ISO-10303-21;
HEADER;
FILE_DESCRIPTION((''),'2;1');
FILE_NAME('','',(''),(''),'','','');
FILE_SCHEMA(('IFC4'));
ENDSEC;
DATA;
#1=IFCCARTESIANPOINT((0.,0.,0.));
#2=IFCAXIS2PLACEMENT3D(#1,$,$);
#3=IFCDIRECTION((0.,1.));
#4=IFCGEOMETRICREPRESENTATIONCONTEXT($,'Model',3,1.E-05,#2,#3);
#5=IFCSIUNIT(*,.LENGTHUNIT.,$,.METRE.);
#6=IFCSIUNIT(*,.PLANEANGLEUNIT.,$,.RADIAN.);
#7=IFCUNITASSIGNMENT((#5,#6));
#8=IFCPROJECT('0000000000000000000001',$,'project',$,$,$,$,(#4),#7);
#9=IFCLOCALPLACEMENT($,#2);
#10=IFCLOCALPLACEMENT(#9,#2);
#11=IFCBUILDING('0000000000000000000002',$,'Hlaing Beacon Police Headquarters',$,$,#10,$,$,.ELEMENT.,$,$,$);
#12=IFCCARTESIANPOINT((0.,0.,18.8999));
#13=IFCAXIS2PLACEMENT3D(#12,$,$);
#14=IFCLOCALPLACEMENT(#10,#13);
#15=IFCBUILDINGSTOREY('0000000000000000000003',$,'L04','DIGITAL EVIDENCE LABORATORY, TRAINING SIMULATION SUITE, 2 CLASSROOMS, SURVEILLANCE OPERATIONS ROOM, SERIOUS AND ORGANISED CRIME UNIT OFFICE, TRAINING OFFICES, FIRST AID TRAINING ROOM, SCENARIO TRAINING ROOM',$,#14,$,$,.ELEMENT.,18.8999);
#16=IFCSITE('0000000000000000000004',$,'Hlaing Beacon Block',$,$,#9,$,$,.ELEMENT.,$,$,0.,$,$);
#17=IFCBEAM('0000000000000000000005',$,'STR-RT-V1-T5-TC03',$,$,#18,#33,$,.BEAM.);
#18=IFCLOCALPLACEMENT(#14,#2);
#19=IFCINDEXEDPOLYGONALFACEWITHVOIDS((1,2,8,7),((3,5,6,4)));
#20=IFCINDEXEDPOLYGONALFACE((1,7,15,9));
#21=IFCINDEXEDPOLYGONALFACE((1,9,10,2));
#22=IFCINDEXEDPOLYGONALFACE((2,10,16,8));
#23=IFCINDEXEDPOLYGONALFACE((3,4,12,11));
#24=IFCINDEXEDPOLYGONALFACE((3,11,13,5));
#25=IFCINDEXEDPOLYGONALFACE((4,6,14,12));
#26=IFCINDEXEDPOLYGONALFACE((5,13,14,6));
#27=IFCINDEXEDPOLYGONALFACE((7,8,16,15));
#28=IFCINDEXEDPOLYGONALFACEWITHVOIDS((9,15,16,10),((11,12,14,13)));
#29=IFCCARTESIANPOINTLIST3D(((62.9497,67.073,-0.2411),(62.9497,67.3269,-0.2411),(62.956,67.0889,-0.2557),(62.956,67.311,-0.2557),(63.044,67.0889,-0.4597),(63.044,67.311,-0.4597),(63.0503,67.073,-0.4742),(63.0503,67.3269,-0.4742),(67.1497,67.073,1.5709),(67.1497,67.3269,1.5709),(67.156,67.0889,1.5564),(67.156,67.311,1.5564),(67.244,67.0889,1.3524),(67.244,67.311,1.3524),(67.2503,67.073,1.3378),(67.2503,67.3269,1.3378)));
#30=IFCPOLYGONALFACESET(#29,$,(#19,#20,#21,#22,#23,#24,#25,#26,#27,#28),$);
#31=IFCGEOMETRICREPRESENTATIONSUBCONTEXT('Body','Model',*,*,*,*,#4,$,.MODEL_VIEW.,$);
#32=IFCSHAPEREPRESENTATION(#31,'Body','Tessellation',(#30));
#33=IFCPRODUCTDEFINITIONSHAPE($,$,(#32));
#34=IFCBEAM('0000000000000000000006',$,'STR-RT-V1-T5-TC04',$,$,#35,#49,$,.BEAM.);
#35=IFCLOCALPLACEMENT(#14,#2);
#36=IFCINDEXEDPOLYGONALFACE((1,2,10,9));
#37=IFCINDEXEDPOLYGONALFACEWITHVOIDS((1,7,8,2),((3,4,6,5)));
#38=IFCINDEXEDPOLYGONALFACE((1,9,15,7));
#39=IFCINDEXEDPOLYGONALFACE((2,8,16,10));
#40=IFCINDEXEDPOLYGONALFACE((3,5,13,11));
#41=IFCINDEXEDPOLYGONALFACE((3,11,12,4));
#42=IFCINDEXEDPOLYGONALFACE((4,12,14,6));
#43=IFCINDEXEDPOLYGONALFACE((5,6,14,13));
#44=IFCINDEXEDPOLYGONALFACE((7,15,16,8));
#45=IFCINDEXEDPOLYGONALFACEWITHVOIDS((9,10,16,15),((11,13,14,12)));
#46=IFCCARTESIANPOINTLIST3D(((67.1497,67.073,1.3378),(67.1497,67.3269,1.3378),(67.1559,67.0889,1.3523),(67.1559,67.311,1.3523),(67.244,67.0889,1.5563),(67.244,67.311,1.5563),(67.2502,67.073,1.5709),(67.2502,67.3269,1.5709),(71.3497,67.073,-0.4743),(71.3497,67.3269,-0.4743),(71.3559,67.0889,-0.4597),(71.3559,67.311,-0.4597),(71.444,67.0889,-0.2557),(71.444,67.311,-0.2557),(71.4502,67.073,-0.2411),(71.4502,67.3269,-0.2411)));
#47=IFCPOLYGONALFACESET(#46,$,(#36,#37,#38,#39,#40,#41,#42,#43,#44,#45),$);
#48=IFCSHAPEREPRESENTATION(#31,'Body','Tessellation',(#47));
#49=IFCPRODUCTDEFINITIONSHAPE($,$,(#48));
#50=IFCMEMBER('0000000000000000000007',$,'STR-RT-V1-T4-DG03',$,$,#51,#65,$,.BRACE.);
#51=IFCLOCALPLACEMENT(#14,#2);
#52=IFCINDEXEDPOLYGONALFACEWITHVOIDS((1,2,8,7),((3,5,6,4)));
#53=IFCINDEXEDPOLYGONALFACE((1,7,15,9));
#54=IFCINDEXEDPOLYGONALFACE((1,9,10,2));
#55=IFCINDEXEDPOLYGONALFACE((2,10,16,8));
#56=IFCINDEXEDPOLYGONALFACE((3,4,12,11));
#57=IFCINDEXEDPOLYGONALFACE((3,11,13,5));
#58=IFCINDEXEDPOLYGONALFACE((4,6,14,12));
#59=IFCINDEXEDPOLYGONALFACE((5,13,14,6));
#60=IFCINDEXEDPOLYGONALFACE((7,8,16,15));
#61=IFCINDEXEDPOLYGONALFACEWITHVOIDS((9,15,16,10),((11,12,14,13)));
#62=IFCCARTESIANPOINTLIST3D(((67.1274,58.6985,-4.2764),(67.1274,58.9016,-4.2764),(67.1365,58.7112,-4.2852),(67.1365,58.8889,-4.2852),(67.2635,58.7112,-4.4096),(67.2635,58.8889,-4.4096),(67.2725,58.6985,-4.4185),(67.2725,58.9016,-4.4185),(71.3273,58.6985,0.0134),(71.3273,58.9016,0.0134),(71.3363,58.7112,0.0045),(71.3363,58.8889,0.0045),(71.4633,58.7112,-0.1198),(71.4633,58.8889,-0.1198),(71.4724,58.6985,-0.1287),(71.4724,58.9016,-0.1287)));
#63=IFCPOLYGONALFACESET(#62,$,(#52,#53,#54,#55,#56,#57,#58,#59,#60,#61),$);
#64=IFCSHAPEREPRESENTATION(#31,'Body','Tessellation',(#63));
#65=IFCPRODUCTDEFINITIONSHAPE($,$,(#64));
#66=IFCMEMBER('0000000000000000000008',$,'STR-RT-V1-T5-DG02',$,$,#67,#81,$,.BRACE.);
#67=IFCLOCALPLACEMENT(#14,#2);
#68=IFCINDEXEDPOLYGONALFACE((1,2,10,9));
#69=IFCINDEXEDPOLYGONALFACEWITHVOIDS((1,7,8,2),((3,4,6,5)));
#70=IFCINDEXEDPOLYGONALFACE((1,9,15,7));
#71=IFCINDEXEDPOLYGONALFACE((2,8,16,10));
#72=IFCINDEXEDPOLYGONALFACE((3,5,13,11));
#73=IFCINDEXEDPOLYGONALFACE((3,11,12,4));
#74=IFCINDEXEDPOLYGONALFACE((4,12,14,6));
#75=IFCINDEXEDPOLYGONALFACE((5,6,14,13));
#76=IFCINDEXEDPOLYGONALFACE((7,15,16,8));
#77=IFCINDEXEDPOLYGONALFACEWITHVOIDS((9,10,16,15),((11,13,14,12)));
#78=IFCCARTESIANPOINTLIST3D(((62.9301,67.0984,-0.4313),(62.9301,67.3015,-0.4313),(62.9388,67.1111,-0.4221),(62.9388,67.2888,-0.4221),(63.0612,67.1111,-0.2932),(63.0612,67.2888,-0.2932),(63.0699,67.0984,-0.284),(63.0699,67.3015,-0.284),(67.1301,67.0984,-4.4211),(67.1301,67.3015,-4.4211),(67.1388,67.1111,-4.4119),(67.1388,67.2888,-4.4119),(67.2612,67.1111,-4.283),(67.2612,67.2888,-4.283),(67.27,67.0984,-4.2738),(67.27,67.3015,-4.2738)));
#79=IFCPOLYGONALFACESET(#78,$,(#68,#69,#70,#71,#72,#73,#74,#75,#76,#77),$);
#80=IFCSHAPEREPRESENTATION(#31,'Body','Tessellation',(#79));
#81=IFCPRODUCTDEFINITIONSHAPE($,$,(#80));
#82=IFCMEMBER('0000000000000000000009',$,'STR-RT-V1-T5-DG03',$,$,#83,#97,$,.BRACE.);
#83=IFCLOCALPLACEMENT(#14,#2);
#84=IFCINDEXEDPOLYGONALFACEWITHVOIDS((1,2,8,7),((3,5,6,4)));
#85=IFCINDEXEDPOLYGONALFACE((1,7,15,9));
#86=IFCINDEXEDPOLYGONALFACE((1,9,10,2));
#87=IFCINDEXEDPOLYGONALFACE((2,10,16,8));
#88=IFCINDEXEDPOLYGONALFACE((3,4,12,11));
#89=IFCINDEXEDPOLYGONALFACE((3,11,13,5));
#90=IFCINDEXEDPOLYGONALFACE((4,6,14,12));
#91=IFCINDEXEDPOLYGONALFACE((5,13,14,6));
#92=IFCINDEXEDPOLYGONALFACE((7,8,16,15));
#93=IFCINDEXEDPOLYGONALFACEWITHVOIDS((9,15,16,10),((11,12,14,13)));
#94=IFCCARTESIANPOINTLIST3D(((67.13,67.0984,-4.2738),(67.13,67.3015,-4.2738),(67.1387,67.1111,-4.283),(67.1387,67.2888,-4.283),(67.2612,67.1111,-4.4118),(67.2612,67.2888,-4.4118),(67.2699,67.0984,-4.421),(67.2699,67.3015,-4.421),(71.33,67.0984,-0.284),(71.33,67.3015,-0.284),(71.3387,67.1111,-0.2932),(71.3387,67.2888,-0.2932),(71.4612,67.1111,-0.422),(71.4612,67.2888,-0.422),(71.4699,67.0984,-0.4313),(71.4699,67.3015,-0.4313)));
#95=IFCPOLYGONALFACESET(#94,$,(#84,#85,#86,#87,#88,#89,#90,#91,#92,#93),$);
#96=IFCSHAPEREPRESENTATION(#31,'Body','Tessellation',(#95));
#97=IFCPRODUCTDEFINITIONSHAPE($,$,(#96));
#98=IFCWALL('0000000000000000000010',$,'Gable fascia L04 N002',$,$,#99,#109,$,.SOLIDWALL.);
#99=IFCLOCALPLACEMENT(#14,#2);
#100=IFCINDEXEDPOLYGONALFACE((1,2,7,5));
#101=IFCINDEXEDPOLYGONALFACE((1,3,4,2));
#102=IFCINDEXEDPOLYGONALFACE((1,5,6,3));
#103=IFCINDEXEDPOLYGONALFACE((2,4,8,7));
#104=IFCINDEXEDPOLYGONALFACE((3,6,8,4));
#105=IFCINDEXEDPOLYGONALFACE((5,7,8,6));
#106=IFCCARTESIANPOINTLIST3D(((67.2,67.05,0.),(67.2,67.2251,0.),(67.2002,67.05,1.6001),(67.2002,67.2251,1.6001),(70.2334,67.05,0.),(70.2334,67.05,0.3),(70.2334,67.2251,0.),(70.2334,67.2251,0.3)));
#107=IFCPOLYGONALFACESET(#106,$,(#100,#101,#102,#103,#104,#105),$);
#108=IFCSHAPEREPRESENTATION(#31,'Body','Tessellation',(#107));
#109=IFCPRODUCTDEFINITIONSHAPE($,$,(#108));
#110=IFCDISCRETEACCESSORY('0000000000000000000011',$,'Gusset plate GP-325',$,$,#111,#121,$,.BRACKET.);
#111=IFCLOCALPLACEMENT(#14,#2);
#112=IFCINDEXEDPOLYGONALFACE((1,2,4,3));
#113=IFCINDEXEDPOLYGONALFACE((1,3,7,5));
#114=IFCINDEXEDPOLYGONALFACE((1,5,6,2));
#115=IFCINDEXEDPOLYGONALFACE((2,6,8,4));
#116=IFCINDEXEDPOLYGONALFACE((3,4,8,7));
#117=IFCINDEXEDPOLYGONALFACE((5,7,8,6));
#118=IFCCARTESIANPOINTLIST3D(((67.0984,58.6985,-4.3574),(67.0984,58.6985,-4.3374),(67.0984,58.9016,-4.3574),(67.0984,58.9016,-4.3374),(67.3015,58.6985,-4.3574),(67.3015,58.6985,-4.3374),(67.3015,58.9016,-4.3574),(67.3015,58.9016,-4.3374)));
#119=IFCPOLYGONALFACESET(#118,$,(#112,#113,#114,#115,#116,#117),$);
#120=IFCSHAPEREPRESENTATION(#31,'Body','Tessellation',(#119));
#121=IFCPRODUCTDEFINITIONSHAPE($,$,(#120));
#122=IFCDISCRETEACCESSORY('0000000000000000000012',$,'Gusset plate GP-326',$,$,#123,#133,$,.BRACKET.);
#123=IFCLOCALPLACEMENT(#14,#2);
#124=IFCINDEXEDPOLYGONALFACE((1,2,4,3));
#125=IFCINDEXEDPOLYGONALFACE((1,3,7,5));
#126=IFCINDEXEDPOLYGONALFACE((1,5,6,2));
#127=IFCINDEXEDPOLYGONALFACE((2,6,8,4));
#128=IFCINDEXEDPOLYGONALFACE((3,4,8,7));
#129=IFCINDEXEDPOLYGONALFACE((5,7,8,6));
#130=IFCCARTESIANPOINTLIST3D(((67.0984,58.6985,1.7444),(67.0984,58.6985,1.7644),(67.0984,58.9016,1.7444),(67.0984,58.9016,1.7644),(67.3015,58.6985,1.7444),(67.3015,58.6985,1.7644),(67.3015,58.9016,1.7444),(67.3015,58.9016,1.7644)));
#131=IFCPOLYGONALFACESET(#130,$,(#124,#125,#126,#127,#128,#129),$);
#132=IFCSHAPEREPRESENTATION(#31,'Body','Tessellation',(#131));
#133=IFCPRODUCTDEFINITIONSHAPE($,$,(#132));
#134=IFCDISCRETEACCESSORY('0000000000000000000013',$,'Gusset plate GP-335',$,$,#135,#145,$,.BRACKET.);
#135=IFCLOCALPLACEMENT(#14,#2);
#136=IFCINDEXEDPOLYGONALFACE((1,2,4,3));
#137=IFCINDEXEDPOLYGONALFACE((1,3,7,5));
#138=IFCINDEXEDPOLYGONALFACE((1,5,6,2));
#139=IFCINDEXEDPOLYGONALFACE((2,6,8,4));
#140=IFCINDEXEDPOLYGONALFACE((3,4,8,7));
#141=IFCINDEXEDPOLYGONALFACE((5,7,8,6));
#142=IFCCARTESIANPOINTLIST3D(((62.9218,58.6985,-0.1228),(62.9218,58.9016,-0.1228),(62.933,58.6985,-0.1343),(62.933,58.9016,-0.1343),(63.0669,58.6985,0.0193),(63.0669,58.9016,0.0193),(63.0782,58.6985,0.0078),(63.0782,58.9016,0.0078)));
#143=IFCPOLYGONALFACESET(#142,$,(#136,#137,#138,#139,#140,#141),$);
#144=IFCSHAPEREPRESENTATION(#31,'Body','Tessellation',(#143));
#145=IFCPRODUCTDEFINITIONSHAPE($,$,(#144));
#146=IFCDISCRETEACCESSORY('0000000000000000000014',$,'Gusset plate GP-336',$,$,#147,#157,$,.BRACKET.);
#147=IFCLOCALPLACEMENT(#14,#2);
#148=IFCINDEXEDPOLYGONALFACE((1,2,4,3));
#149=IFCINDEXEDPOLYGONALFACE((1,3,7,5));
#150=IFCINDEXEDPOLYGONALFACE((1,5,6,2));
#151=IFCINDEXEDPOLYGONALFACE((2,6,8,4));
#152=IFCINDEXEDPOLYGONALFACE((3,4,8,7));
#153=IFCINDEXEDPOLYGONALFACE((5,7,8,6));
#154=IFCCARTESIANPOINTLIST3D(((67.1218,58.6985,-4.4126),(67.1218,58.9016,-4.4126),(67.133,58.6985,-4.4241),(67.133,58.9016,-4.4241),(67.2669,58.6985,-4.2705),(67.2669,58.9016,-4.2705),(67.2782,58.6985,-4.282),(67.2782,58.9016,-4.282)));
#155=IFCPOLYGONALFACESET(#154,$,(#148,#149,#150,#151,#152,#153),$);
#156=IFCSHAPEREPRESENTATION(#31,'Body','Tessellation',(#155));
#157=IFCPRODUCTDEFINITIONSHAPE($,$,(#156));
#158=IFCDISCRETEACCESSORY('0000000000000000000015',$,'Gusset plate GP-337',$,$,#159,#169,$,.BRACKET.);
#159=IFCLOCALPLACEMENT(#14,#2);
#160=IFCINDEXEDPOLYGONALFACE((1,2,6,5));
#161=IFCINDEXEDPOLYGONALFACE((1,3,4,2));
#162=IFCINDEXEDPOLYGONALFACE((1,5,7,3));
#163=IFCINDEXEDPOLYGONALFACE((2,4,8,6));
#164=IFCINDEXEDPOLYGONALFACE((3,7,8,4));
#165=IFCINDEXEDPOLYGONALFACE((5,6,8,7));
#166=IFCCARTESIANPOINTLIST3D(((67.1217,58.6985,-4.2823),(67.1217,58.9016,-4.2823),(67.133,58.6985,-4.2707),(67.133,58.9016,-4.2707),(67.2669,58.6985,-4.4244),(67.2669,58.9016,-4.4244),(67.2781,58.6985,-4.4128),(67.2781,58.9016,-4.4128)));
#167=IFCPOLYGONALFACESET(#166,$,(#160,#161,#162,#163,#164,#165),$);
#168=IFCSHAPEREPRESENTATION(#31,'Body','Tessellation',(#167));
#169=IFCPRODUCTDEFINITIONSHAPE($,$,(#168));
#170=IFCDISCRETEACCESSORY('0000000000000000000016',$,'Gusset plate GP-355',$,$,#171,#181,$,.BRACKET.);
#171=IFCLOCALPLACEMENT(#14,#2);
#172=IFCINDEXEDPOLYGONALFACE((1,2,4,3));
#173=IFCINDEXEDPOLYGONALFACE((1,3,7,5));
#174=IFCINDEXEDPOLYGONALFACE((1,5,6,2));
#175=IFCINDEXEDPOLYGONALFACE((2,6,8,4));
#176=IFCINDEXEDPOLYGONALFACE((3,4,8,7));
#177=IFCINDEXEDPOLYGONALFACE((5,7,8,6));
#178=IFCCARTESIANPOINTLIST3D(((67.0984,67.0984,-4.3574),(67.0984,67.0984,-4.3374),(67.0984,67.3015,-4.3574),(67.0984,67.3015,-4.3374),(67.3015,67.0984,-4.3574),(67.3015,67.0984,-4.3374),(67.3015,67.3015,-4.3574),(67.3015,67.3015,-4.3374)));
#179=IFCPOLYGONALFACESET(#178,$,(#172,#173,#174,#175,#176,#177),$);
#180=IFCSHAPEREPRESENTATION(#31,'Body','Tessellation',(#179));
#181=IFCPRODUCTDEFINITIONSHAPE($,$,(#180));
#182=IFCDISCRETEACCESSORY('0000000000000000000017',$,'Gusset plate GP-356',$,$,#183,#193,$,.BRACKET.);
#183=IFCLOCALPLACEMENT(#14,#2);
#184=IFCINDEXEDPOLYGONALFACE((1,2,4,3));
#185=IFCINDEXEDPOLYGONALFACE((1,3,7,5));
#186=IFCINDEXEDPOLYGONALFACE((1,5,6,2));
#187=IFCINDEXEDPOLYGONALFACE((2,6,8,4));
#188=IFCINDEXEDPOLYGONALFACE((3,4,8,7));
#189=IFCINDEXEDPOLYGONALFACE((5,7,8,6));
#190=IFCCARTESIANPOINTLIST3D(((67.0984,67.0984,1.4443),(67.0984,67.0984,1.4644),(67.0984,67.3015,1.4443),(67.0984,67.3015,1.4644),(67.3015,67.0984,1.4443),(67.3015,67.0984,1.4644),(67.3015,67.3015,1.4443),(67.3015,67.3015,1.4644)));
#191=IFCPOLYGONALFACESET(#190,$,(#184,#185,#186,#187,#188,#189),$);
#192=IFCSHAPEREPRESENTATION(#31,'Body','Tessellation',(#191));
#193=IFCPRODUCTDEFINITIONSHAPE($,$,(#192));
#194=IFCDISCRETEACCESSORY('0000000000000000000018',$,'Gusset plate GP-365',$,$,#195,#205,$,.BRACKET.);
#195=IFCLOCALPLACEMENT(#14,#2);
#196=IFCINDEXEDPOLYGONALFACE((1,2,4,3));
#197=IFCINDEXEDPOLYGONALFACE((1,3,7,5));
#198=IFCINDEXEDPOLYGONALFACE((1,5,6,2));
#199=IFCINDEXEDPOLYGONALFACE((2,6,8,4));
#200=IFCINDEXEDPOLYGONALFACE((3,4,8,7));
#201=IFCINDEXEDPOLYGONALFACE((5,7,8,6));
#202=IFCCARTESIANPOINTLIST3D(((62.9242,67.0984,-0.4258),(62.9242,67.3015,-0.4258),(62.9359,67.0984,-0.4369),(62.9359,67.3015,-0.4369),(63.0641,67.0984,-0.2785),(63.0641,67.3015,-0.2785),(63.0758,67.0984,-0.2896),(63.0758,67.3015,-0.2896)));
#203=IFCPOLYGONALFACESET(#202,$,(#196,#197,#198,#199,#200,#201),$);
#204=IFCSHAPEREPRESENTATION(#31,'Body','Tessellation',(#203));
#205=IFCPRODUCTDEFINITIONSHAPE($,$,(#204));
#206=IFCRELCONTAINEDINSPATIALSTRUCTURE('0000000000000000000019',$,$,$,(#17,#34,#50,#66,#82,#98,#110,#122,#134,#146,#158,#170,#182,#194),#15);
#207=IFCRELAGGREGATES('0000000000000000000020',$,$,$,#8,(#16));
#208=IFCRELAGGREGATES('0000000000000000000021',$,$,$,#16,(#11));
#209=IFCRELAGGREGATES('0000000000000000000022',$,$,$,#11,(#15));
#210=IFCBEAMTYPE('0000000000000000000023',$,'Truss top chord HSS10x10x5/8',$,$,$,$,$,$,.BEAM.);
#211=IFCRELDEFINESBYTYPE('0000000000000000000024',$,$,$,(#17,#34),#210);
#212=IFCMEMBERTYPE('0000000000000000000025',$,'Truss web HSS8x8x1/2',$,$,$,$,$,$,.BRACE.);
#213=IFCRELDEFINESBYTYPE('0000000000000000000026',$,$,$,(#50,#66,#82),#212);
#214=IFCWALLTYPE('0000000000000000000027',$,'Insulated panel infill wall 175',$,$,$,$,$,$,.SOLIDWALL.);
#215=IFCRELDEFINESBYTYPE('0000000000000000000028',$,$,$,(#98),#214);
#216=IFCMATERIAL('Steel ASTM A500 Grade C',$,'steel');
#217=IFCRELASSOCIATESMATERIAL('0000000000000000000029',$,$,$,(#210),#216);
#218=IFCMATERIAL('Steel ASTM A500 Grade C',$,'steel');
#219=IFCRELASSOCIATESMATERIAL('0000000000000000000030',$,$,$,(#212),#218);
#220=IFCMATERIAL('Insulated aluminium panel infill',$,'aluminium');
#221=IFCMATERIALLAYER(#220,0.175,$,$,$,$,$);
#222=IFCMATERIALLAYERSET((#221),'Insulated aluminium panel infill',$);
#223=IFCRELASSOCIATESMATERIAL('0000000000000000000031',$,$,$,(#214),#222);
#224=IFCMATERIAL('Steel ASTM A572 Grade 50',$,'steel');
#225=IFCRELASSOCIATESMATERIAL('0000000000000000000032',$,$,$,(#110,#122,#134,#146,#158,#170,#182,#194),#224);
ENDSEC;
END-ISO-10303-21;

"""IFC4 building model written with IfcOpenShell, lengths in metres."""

from ifc_helpers import new_model, si_unit, direction, frame, origin, origin_2d, place, context, subcontext, project, spatial, polyline, rectangle, hollow_rectangle, outline, extrude, material, layer, layer_set, material_profile, profile_set, type_object, element, save


model = new_model("IFC4")

# Units and contexts
model_context = context("Model", 3, precision=1e-05, world=origin(), true_north=direction((0.0, 1.0)))
body_context = subcontext(model_context, "Body", "Model", "MODEL_VIEW")
ifc_project = project(units=[si_unit("LENGTHUNIT", "METRE"), si_unit("PLANEANGLEUNIT", "RADIAN")], contexts=[model_context])

# Site, building, storey
site_placement = place(None, origin())
site = spatial("IfcSite", under=ifc_project, at=site_placement, Name="Hlaing Beacon Block", CompositionType="ELEMENT", RefElevation=0.0)
building_placement = place(site_placement, origin())
building = spatial("IfcBuilding", under=site, at=building_placement, Name="Hlaing Beacon Police Headquarters", CompositionType="ELEMENT")
storey_placement = place(building_placement, frame((0.0, 0.0, 18.8999)))
storey = spatial("IfcBuildingStorey", under=building, at=storey_placement, Name="L04", Description="DIGITAL EVIDENCE LABORATORY, TRAINING SIMULATION SUITE, 2 CLASSROOMS, SURVEILLANCE OPERATIONS ROOM, SERIOUS AND ORGANISED CRIME UNIT OFFICE, TRAINING OFFICES, FIRST AID TRAINING ROOM, SCENARIO TRAINING ROOM", CompositionType="ELEMENT", Elevation=18.8999)

# Beams
ifc_material_1 = material(Name="Steel ASTM A500 Grade C", Category="steel")
ifc_material_profile_1 = material_profile(ifc_material_1, hollow_rectangle(XDim=0.2539, YDim=0.2539, WallThickness=0.0159, at=origin_2d()), Name="HSS10x10x5/8")
ifc_profile_set_1 = profile_set([ifc_material_profile_1], Name="Steel ASTM A500 Grade C")
beam_type_1 = type_object("IfcBeamType", Name="Truss top chord HSS10x10x5/8", PredefinedType="BEAM", material=ifc_profile_set_1)
for number, where, z_axis, x_axis, name in (
    (1, (63.0, 67.2, -0.3577), (0.91819, 0.0, 0.396141), (0.0, 1.0, 0.0), "STR-RT-V1-T5-TC03"),
    (2, (67.2, 67.2, 1.4543), (0.91819, 0.0, -0.396141), (0.0, 1.0, 0.0), "STR-RT-V1-T5-TC04"),
):
    element("IfcBeam", number, at=place(storey_placement, frame(where, z_axis=z_axis, x_axis=x_axis)), inside=storey, type_object=beam_type_1, Name=name, PredefinedType="BEAM", context=body_context, shape_type="SweptSolid", body=[
        extrude(hollow_rectangle(XDim=0.2539, YDim=0.2539, WallThickness=0.0159, at=origin_2d()), origin(), (0.0, 0.0, 1.0), 4.5742),
    ])

# Members
ifc_material_2 = material(Name="Steel ASTM A500 Grade C", Category="steel")
ifc_material_profile_2 = material_profile(ifc_material_2, hollow_rectangle(XDim=0.2031, YDim=0.2031, WallThickness=0.0127, at=origin_2d()), Name="HSS8x8x1/2")
ifc_profile_set_2 = profile_set([ifc_material_profile_2], Name="Steel ASTM A500 Grade C")
member_type_1 = type_object("IfcMemberType", Name="Truss web HSS8x8x1/2", PredefinedType="BRACE", material=ifc_profile_set_2)
member_1_placement = place(storey_placement, frame((67.2, 58.8, -4.3474), z_axis=(0.699585, 0.0, 0.71455), x_axis=(0.0, 1.0, 0.0)))
element("IfcMember", 3, at=member_1_placement, inside=storey, type_object=member_type_1, Name="STR-RT-V1-T4-DG03", PredefinedType="BRACE", context=body_context, shape_type="SweptSolid", body=[
    extrude(hollow_rectangle(XDim=0.2031, YDim=0.2031, WallThickness=0.0127, at=origin_2d()), origin(), (0.0, 0.0, 1.0), 6.0034),
])
for number, where, z_axis, x_axis, name in (
    (4, (63.0, 67.2, -0.3577), (0.725017, 0.0, -0.688731), (0.0, 1.0, 0.0), "STR-RT-V1-T5-DG02"),
    (5, (67.2, 67.2, -4.3474), (0.725017, 0.0, 0.688731), (0.0, 1.0, 0.0), "STR-RT-V1-T5-DG03"),
):
    element("IfcMember", number, at=place(storey_placement, frame(where, z_axis=z_axis, x_axis=x_axis)), inside=storey, type_object=member_type_1, Name=name, PredefinedType="BRACE", context=body_context, shape_type="SweptSolid", body=[
        extrude(hollow_rectangle(XDim=0.2031, YDim=0.2031, WallThickness=0.0127, at=origin_2d()), origin(), (0.0, 0.0, 1.0), 5.793),
    ])

# Wall
ifc_material_3 = material(Name="Insulated aluminium panel infill", Category="aluminium")
ifc_layer = layer(ifc_material_3, 0.175)
ifc_layer_set = layer_set([ifc_layer], Name="Insulated aluminium panel infill")
wall_type = type_object("IfcWallType", Name="Insulated panel infill wall 175", PredefinedType="SOLIDWALL", material=ifc_layer_set)
wall_placement = place(storey_placement, frame((70.2334, 67.1375, 0.0), z_axis=(0.0, 0.0, 1.0), x_axis=(-1.0, 0.0, 0.0)))
element("IfcWall", 6, at=wall_placement, inside=storey, type_object=wall_type, Name="Gable fascia L04 N002", PredefinedType="SOLIDWALL", context=body_context, shape_type="SweptSolid", body=[
    extrude(outline(polyline([(0.0, 0.0), (3.0334, 0.0), (3.0332, 1.6001), (0.0, 0.3), (0.0, 0.0)])), frame((0.0, 0.0874, 0.0), z_axis=(0.0, -1.0, 0.0), x_axis=(1.0, 0.0, 0.0)), (0.0, 0.0, 1.0), 0.175),
])

# Discrete accessories
ifc_material_4 = material(Name="Steel ASTM A572 Grade 50", Category="steel")
for number, where, z_axis, x_axis, name in (
    (7, (67.2, 58.8, -4.3374), (0.0, 0.0, -1.0), (1.0, 0.0, 0.0), "Gusset plate GP-325"),
    (8, (67.2, 58.8, 1.7444), (0.0, 0.0, 1.0), (1.0, 0.0, 0.0), "Gusset plate GP-326"),
):
    element("IfcDiscreteAccessory", number, at=place(storey_placement, frame(where, z_axis=z_axis, x_axis=x_axis)), inside=storey, material=ifc_material_4, Name=name, PredefinedType="BRACKET", context=body_context, shape_type="SweptSolid", body=[
        extrude(rectangle(XDim=0.2031, YDim=0.2031, at=origin_2d()), origin(), (0.0, 0.0, 1.0), 0.02),
    ])
for number, where, z_axis, x_axis, name in (
    (9, (63.0056, 58.8, -0.0632), (-0.699585, 0.0, 0.71455), (0.0, -1.0, 0.0), "Gusset plate GP-335"),
    (10, (67.1943, 58.8, -4.3416), (0.699585, 0.0, -0.71455), (0.0, 1.0, 0.0), "Gusset plate GP-336"),
    (11, (67.2056, 58.8, -4.3418), (-0.699585, 0.0, -0.71455), (0.0, -1.0, 0.0), "Gusset plate GP-337"),
):
    element("IfcDiscreteAccessory", number, at=place(storey_placement, frame(where, z_axis=z_axis, x_axis=x_axis)), inside=storey, material=ifc_material_4, Name=name, PredefinedType="BRACKET", context=body_context, shape_type="SweptSolid", body=[
        extrude(rectangle(XDim=0.2031, YDim=0.2031, at=origin_2d()), origin(), (0.0, 0.0, 1.0), 0.0161),
    ])
for number, where, z_axis, x_axis, name in (
    (12, (67.2, 67.2, -4.3374), (0.0, 0.0, -1.0), (1.0, 0.0, 0.0), "Gusset plate GP-355"),
    (13, (67.2, 67.2, 1.4443), (0.0, 0.0, 1.0), (1.0, 0.0, 0.0), "Gusset plate GP-356"),
):
    element("IfcDiscreteAccessory", number, at=place(storey_placement, frame(where, z_axis=z_axis, x_axis=x_axis)), inside=storey, material=ifc_material_4, Name=name, PredefinedType="BRACKET", context=body_context, shape_type="SweptSolid", body=[
        extrude(rectangle(XDim=0.2031, YDim=0.2031, at=origin_2d()), origin(), (0.0, 0.0, 1.0), 0.02),
    ])
for number, where, z_axis, x_axis, name in (
    (14, (63.0059, 67.2, -0.3633), (-0.725017, 0.0, 0.688731), (0.0, -1.0, 0.0), "Gusset plate GP-365"),
):
    element("IfcDiscreteAccessory", number, at=place(storey_placement, frame(where, z_axis=z_axis, x_axis=x_axis)), inside=storey, material=ifc_material_4, Name=name, PredefinedType="BRACKET", context=body_context, shape_type="SweptSolid", body=[
        extrude(rectangle(XDim=0.2031, YDim=0.2031, at=origin_2d()), origin(), (0.0, 0.0, 1.0), 0.0161),
    ])

save(model, "model.ifc")
